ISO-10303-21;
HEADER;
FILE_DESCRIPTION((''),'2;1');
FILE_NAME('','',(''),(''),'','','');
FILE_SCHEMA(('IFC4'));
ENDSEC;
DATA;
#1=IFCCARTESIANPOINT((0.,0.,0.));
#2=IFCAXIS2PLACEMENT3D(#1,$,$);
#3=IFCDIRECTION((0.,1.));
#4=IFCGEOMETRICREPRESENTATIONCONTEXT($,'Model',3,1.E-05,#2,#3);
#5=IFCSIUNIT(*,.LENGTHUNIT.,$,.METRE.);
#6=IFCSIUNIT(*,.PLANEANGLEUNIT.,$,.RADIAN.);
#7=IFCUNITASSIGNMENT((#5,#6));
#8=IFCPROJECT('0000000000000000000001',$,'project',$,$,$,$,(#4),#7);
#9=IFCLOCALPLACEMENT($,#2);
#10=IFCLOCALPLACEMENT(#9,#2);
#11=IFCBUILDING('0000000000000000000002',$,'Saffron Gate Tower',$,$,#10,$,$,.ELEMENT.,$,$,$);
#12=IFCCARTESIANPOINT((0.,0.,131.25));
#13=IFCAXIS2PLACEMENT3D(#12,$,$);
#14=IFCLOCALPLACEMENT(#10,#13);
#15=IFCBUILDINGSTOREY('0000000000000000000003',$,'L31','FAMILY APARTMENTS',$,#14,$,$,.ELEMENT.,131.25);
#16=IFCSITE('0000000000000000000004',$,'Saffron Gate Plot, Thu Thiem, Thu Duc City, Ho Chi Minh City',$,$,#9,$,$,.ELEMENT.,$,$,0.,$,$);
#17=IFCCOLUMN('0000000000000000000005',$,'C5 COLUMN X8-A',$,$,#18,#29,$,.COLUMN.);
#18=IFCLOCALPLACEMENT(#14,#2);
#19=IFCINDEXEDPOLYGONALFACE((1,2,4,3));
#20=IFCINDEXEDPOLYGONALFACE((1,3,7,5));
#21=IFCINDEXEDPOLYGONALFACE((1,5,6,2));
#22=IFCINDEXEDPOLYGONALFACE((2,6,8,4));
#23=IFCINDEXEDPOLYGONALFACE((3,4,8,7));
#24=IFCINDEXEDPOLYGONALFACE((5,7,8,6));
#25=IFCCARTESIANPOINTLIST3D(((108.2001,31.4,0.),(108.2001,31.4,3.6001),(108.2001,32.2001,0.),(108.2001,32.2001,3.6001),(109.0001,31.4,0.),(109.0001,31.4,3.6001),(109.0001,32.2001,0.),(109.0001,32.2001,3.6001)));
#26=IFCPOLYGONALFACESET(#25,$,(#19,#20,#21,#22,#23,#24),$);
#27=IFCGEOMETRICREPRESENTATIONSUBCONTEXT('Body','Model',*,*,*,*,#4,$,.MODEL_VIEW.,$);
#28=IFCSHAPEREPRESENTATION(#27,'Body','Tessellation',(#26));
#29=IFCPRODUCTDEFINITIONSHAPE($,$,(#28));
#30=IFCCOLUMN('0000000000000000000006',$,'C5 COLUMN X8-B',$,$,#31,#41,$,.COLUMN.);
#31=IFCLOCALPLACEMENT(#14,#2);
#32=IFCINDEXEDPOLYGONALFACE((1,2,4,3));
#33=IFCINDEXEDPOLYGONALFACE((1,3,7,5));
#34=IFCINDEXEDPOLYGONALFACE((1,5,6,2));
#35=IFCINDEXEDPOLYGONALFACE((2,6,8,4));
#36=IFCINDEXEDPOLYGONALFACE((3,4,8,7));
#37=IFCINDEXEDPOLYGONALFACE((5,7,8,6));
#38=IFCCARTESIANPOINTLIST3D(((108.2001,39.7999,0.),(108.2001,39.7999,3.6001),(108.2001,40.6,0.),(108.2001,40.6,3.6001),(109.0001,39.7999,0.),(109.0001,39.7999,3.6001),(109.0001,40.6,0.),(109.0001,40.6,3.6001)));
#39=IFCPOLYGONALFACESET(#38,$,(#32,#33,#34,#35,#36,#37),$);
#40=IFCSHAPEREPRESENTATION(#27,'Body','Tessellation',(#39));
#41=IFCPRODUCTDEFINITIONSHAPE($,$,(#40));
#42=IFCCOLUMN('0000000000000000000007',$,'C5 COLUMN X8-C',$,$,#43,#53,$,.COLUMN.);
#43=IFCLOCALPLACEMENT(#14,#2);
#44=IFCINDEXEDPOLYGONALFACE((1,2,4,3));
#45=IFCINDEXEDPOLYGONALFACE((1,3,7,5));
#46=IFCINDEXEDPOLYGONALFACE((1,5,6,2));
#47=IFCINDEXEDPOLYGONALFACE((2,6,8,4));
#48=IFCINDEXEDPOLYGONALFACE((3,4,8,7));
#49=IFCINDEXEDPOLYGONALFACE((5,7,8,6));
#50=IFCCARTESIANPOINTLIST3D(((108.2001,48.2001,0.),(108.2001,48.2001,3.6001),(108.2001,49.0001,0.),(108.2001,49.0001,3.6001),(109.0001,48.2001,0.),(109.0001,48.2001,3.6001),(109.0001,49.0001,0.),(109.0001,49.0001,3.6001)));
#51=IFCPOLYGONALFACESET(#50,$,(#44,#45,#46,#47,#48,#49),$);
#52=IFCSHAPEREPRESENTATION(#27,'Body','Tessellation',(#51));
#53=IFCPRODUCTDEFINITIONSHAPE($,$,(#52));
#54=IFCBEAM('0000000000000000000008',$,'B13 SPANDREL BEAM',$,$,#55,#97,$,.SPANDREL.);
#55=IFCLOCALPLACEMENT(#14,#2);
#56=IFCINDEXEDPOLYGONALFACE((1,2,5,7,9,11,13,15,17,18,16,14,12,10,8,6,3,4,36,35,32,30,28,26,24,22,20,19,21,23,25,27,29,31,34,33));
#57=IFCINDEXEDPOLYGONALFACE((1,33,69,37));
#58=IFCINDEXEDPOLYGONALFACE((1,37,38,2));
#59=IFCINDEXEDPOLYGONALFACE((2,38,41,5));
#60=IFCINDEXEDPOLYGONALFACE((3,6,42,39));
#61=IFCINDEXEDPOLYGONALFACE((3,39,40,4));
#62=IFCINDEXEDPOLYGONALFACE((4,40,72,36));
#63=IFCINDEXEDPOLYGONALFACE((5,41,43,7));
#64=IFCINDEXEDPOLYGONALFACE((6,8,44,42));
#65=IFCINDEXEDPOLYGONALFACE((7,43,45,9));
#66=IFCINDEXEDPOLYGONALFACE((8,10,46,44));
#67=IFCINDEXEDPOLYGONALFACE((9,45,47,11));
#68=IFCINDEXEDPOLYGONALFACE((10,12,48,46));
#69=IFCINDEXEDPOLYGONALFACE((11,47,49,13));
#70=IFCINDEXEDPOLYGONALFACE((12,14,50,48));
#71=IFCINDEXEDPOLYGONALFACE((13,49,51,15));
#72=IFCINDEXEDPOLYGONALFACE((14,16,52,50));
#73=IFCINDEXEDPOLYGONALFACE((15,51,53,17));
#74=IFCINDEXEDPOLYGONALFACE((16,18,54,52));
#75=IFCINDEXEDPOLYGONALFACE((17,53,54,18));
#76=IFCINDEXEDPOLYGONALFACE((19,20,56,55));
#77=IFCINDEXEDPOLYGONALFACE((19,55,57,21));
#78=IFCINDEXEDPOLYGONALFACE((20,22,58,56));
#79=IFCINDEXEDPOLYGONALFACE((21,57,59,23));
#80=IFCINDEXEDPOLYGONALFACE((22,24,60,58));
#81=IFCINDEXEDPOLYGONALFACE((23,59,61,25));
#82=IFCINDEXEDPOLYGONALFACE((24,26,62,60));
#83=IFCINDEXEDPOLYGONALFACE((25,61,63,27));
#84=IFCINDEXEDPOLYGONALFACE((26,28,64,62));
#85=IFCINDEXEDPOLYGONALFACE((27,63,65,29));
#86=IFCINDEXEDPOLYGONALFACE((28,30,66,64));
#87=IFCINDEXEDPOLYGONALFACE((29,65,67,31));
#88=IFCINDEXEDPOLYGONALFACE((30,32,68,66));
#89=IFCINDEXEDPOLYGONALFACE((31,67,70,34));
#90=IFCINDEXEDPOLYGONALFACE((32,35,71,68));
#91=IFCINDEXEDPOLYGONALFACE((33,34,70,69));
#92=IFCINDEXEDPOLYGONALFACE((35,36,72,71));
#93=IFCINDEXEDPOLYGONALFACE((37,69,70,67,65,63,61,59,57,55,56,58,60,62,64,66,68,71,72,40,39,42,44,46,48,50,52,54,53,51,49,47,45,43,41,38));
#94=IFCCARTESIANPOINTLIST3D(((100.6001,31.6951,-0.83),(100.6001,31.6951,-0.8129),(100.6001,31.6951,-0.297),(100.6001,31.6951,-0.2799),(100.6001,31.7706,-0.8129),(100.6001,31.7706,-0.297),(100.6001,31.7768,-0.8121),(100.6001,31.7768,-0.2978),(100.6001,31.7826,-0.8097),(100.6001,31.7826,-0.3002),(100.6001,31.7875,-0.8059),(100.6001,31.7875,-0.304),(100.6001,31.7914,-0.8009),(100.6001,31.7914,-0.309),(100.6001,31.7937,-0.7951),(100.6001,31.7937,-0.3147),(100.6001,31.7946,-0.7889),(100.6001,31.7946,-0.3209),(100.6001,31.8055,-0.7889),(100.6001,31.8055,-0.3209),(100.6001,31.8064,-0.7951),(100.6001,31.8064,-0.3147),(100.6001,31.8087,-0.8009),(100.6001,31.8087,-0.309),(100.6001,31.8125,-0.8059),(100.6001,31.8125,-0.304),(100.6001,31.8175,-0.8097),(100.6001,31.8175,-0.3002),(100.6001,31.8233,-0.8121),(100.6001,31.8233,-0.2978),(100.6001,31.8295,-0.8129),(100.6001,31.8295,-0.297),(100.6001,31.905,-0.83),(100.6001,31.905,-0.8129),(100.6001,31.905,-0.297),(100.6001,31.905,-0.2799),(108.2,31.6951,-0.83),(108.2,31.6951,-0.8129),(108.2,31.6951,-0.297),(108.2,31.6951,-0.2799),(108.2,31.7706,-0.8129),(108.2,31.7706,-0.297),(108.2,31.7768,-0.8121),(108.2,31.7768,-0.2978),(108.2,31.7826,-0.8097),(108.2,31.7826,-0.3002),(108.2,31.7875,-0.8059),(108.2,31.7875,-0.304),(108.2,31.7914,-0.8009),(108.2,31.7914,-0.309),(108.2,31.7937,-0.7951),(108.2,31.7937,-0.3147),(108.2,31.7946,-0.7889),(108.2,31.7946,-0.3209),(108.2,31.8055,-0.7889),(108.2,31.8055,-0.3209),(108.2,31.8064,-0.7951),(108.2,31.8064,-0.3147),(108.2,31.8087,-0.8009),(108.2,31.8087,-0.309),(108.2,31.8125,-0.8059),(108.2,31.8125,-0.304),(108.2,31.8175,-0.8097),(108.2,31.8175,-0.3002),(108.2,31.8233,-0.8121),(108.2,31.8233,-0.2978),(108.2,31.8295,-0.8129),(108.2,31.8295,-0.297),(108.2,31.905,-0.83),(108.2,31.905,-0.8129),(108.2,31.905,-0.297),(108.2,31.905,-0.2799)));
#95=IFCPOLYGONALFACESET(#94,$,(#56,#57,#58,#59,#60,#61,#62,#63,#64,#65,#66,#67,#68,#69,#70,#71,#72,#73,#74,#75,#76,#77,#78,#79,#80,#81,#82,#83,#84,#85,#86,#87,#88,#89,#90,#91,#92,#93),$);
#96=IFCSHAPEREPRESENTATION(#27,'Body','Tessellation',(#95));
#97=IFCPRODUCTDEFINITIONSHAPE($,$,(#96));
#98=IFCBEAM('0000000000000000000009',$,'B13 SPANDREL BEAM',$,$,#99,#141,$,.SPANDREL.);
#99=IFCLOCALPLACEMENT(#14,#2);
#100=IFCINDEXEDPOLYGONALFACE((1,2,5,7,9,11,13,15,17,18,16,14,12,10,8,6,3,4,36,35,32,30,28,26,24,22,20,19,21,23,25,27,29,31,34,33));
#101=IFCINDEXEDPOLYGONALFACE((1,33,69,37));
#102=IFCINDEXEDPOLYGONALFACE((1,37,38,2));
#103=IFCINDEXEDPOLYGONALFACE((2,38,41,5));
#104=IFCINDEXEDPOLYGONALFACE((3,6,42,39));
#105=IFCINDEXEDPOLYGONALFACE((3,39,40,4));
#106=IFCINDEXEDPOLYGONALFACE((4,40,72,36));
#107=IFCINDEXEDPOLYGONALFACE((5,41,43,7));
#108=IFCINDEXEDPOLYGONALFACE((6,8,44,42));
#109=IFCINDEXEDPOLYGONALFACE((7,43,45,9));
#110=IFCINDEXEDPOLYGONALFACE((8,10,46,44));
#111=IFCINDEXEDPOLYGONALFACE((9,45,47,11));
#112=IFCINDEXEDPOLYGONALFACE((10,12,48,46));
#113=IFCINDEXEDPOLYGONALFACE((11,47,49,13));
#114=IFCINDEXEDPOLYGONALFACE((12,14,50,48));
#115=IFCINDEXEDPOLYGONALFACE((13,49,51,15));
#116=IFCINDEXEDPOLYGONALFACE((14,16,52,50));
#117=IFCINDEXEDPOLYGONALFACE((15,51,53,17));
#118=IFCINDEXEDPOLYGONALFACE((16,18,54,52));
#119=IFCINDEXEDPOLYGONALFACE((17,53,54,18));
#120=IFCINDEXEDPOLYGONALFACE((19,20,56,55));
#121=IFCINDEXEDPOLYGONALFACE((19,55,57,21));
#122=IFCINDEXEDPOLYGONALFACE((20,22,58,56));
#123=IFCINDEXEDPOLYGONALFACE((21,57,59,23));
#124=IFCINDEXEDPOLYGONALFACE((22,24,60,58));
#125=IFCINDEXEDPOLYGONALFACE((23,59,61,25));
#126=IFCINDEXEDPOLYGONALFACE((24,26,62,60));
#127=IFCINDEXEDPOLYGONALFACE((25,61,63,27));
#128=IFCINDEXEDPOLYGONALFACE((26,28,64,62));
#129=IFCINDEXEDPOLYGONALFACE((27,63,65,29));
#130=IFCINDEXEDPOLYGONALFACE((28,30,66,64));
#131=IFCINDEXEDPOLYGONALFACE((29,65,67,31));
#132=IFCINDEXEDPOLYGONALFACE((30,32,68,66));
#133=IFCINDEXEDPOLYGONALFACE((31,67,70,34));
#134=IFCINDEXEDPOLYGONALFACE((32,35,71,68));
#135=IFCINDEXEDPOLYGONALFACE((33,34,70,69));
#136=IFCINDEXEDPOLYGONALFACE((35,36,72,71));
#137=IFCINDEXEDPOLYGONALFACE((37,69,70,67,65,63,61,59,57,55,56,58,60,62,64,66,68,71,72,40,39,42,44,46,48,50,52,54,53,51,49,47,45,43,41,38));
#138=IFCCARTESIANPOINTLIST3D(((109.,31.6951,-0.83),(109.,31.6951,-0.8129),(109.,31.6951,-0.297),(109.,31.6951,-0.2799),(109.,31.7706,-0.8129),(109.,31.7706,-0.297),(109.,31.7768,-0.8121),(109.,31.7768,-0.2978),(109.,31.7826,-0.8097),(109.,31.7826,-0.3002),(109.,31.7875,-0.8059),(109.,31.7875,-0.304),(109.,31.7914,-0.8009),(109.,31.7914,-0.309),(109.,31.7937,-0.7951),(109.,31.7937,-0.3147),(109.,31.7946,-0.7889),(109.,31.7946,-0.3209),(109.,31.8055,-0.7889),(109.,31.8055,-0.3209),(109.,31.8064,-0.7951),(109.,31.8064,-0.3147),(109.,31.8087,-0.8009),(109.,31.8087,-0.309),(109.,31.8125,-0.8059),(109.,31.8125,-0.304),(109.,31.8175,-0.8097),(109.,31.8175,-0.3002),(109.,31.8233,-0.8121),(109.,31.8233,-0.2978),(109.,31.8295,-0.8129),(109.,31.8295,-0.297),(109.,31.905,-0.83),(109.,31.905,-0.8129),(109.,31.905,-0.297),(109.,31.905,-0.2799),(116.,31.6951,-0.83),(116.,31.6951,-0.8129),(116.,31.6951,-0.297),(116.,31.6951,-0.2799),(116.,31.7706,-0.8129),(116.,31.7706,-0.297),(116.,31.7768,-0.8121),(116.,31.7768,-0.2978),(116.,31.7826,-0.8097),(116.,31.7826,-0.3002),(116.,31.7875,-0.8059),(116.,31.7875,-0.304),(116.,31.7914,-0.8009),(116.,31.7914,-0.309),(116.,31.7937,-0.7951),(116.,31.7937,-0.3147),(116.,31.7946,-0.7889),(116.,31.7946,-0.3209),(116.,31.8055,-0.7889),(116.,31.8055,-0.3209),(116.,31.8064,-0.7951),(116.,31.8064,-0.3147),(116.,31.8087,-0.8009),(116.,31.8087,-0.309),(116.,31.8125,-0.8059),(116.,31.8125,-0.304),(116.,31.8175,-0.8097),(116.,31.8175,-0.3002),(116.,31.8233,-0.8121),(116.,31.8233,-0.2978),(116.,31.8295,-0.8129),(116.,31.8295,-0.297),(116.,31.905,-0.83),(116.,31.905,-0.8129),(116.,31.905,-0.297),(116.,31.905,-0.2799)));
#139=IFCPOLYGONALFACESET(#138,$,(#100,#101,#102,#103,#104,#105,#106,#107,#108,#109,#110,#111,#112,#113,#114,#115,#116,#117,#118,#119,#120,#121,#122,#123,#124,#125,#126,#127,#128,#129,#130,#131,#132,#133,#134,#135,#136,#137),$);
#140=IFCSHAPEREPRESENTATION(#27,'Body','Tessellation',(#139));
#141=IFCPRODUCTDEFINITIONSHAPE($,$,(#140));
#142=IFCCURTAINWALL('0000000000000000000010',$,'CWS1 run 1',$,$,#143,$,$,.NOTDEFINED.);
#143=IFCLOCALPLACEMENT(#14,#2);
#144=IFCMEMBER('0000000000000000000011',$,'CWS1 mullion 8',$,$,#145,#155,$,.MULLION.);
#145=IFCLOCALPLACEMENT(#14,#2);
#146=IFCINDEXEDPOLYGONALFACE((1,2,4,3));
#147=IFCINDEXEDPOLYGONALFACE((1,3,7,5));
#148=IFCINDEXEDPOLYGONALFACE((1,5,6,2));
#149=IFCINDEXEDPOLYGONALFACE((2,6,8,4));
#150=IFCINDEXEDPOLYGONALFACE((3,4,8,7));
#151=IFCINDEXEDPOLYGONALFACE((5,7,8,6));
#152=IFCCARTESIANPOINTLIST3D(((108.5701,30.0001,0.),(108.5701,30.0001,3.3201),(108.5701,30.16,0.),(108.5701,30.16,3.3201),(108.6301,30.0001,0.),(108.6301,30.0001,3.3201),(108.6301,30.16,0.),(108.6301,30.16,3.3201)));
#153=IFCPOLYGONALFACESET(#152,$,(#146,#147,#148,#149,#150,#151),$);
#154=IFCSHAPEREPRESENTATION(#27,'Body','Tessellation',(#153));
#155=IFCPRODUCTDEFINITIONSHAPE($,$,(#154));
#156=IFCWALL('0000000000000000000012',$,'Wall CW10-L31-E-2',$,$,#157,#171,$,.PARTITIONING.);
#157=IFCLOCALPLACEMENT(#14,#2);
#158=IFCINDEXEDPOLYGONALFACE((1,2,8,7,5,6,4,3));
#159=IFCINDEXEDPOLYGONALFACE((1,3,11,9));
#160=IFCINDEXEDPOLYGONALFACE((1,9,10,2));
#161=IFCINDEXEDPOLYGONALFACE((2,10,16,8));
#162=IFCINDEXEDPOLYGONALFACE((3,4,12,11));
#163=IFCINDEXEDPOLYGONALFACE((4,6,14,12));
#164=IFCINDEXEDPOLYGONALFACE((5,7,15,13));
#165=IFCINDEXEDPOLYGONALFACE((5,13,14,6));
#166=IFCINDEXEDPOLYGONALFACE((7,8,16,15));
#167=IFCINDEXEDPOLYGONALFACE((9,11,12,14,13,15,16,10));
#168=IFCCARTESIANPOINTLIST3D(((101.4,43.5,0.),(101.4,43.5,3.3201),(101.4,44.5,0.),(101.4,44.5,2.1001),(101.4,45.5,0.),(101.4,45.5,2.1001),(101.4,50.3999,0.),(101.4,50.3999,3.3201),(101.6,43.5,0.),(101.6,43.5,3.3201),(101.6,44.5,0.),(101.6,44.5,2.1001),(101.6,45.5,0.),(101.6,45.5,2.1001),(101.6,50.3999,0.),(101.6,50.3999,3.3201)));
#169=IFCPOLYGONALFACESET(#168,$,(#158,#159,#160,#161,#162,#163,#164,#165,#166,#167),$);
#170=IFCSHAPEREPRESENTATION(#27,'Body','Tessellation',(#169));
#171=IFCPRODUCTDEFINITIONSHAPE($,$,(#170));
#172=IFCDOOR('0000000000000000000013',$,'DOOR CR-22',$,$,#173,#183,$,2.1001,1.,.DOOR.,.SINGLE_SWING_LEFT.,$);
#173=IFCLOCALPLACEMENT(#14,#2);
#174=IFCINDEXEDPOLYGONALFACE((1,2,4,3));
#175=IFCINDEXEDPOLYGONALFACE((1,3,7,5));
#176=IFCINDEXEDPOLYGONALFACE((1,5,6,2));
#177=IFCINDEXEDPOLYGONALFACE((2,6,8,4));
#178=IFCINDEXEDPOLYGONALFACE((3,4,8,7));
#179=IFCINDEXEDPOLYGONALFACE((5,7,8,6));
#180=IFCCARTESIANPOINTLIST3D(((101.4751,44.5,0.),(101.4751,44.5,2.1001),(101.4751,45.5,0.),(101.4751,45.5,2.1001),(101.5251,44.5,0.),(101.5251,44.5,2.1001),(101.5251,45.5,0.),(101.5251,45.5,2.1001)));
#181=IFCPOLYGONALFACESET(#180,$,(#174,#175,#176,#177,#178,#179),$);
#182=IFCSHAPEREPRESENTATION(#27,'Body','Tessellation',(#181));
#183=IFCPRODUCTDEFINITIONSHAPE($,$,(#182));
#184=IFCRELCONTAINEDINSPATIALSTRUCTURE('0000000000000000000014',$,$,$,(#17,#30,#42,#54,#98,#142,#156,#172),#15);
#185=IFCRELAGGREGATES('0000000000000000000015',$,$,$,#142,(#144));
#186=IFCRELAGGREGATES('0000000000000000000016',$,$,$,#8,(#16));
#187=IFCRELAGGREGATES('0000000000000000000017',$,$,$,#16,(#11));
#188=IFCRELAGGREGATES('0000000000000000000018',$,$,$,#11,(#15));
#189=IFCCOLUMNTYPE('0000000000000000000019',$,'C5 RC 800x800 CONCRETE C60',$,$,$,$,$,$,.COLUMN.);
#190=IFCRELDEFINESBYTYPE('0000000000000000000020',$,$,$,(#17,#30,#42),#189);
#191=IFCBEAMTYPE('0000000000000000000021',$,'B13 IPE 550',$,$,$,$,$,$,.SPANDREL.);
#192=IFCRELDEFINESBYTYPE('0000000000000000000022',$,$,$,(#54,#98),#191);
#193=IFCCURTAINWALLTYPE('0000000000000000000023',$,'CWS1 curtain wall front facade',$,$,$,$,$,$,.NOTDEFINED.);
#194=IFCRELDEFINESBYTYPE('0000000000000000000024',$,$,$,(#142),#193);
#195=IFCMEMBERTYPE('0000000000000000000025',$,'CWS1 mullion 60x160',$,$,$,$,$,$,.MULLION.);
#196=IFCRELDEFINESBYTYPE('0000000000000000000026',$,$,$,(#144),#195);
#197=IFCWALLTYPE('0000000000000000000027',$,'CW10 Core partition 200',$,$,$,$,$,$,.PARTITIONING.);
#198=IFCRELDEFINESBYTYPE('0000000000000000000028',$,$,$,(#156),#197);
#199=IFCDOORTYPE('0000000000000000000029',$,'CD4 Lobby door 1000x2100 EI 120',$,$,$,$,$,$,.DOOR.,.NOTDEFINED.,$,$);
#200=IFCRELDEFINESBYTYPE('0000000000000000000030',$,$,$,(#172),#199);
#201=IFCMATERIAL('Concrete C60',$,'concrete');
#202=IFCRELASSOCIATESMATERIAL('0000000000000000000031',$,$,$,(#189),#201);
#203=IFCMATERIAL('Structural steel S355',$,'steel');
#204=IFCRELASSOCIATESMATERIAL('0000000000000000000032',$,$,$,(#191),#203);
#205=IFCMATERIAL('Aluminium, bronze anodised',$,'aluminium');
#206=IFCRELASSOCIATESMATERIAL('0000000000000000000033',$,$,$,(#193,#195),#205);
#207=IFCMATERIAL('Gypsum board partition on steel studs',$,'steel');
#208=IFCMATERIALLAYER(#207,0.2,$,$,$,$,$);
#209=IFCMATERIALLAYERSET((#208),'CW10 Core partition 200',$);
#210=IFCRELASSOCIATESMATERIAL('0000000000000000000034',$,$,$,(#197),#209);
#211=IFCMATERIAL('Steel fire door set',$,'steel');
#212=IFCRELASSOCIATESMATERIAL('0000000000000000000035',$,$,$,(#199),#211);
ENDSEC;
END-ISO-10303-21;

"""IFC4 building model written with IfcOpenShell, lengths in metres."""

from ifc_helpers import new_model, si_unit, direction, frame, frame_2d, origin, origin_2d, place, context, subcontext, project, spatial, rectangle, i_section, extrude, material, layer, layer_set, material_profile, profile_set, type_object, element, fill, aggregate, save


model = new_model("IFC4")

# Units and contexts
model_context = context("Model", 3, precision=1e-05, world=origin(), true_north=direction((0.0, 1.0)))
body_context = subcontext(model_context, "Body", "Model", "MODEL_VIEW")
ifc_project = project(units=[si_unit("LENGTHUNIT", "METRE"), si_unit("PLANEANGLEUNIT", "RADIAN")], contexts=[model_context])

# Site, building, storey
site_placement = place(None, origin())
site = spatial("IfcSite", under=ifc_project, at=site_placement, Name="Saffron Gate Plot, Thu Thiem, Thu Duc City, Ho Chi Minh City", CompositionType="ELEMENT", RefElevation=0.0)
building_placement = place(site_placement, origin())
building = spatial("IfcBuilding", under=site, at=building_placement, Name="Saffron Gate Tower", CompositionType="ELEMENT")
storey_placement = place(building_placement, frame((0.0, 0.0, 131.25)))
storey = spatial("IfcBuildingStorey", under=building, at=storey_placement, Name="L31", Description="FAMILY APARTMENTS", CompositionType="ELEMENT", Elevation=131.25)

# Columns
ifc_material_1 = material(Name="Concrete C60", Category="concrete")
ifc_material_profile_1 = material_profile(ifc_material_1, rectangle(XDim=0.8, YDim=0.8, at=origin_2d()))
ifc_profile_set_1 = profile_set([ifc_material_profile_1], Name="Concrete C60")
column_type = type_object("IfcColumnType", Name="C5 RC 800x800 CONCRETE C60", PredefinedType="COLUMN", material=ifc_profile_set_1)
for number, where, z_axis, x_axis, name in (
    (1, (108.6001, 31.8, 0.0), (0.0, 0.0, 1.0), (1.0, 0.0, 0.0), "C5 COLUMN X8-A"),
    (2, (108.6001, 40.2, 0.0), (0.0, 0.0, 1.0), (1.0, 0.0, 0.0), "C5 COLUMN X8-B"),
    (3, (108.6001, 48.6001, 0.0), (0.0, 0.0, 1.0), (1.0, 0.0, 0.0), "C5 COLUMN X8-C"),
):
    element("IfcColumn", number, at=place(storey_placement, frame(where, z_axis=z_axis, x_axis=x_axis)), inside=storey, type_object=column_type, Name=name, PredefinedType="COLUMN", context=body_context, shape_type="SweptSolid", body=[
        extrude(rectangle(XDim=0.8, YDim=0.8, at=origin_2d()), origin(), (0.0, 0.0, 1.0), 3.6001),
    ])

# Beams
ifc_material_2 = material(Name="Structural steel S355", Category="steel")
ifc_material_profile_2 = material_profile(ifc_material_2, i_section(OverallWidth=0.21, OverallDepth=0.55, WebThickness=0.011, FlangeThickness=0.0171, FilletRadius=0.0239, at=origin_2d()))
ifc_profile_set_2 = profile_set([ifc_material_profile_2], Name="Structural steel S355")
beam_type = type_object("IfcBeamType", Name="B13 IPE 550", PredefinedType="SPANDREL", material=ifc_profile_set_2)
beam_1_placement = place(storey_placement, frame((100.6001, 31.8, -0.5549), z_axis=(1.0, 0.0, 0.0), x_axis=(0.0, 1.0, 0.0)))
element("IfcBeam", 4, at=beam_1_placement, inside=storey, type_object=beam_type, Name="B13 SPANDREL BEAM", PredefinedType="SPANDREL", context=body_context, shape_type="SweptSolid", body=[
    extrude(i_section(OverallWidth=0.21, OverallDepth=0.55, WebThickness=0.011, FlangeThickness=0.0171, FilletRadius=0.0239, at=origin_2d()), origin(), (0.0, 0.0, 1.0), 7.5999),
])
beam_2_placement = place(storey_placement, frame((109.0, 31.8, -0.5549), z_axis=(1.0, 0.0, 0.0), x_axis=(0.0, 1.0, 0.0)))
element("IfcBeam", 5, at=beam_2_placement, inside=storey, type_object=beam_type, Name="B13 SPANDREL BEAM", PredefinedType="SPANDREL", context=body_context, shape_type="SweptSolid", body=[
    extrude(i_section(OverallWidth=0.21, OverallDepth=0.55, WebThickness=0.011, FlangeThickness=0.0171, FilletRadius=0.0239, at=origin_2d()), origin(), (0.0, 0.0, 1.0), 7.0),
])

# Curtain wall, member
ifc_material_3 = material(Name="Aluminium, bronze anodised", Category="aluminium")
curtain_wall_type = type_object("IfcCurtainWallType", Name="CWS1 curtain wall front facade", PredefinedType="NOTDEFINED", material=ifc_material_3)
curtain_wall_placement = place(storey_placement, origin())
curtain_wall = element("IfcCurtainWall", 6, at=curtain_wall_placement, inside=storey, type_object=curtain_wall_type, Name="CWS1 run 1", PredefinedType="NOTDEFINED")
ifc_material_profile_3 = material_profile(ifc_material_3, rectangle(XDim=0.1599, YDim=0.0601, at=origin_2d()))
ifc_profile_set_3 = profile_set([ifc_material_profile_3], Name="Aluminium, bronze anodised")
member_type = type_object("IfcMemberType", Name="CWS1 mullion 60x160", PredefinedType="MULLION", material=ifc_profile_set_3)
member_placement = place(storey_placement, frame((108.6001, 30.0801, 0.0), z_axis=(0.0, 0.0, 1.0), x_axis=(0.0, 1.0, 0.0)))
member = element("IfcMember", 7, at=member_placement, type_object=member_type, Name="CWS1 mullion 8", PredefinedType="MULLION", context=body_context, shape_type="SweptSolid", body=[
    extrude(rectangle(XDim=0.1599, YDim=0.0601, at=origin_2d()), origin(), (0.0, 0.0, 1.0), 3.3201),
])
aggregate(curtain_wall, [member])

# Wall, opening, door
ifc_material_4 = material(Name="Gypsum board partition on steel studs", Category="steel")
ifc_layer_1 = layer(ifc_material_4, 0.2)
ifc_layer_set_1 = layer_set([ifc_layer_1], Name="CW10 Core partition 200")
wall_type_1 = type_object("IfcWallType", Name="CW10 Core partition 200", PredefinedType="PARTITIONING", material=ifc_layer_set_1)
wall_1_placement = place(storey_placement, frame((101.5, 43.5, 0.0), z_axis=(0.0, 0.0, 1.0), x_axis=(0.0, 1.0, 0.0)))
wall_1 = element("IfcWall", 8, at=wall_1_placement, inside=storey, type_object=wall_type_1, Name="Wall CW10-L31-E-2", PredefinedType="PARTITIONING", context=body_context, shape_type="SweptSolid", body=[
    extrude(rectangle(XDim=6.8999, YDim=0.2, at=frame_2d((3.45, 0.0))), origin(), (0.0, 0.0, 1.0), 3.3201),
])
opening_1_placement = place(wall_1_placement, frame((1.0, 0.0, 0.0)))
opening_1 = element("IfcOpeningElement", 9, at=opening_1_placement, cuts=wall_1, PredefinedType="OPENING", context=body_context, shape_type="SweptSolid", body=[
    extrude(rectangle(XDim=1.0, YDim=2.1001, at=frame_2d((0.5, 1.05))), frame((0.0, 0.1099, 0.0), z_axis=(0.0, -1.0, 0.0), x_axis=(1.0, 0.0, 0.0)), (0.0, 0.0, 1.0), 0.22),
])
ifc_material_5 = material(Name="Steel fire door set", Category="steel")
door_type_1 = type_object("IfcDoorType", Name="CD4 Lobby door 1000x2100 EI 120", OperationType="NOTDEFINED", PredefinedType="DOOR", material=ifc_material_5)
door_1_placement = place(opening_1_placement, origin())
door_1 = element("IfcDoor", 10, at=door_1_placement, inside=storey, type_object=door_type_1, Name="DOOR CR-22", OperationType="SINGLE_SWING_LEFT", OverallHeight=2.1001, OverallWidth=1.0, PredefinedType="DOOR", context=body_context, shape_type="SweptSolid", body=[
    extrude(rectangle(XDim=1.0, YDim=2.1001, at=frame_2d((0.5, 1.05))), frame((0.0, 0.0249, 0.0), z_axis=(0.0, -1.0, 0.0), x_axis=(1.0, 0.0, 0.0)), (0.0, 0.0, 1.0), 0.05),
])
fill(opening_1, door_1)

save(model, "model.ifc")
